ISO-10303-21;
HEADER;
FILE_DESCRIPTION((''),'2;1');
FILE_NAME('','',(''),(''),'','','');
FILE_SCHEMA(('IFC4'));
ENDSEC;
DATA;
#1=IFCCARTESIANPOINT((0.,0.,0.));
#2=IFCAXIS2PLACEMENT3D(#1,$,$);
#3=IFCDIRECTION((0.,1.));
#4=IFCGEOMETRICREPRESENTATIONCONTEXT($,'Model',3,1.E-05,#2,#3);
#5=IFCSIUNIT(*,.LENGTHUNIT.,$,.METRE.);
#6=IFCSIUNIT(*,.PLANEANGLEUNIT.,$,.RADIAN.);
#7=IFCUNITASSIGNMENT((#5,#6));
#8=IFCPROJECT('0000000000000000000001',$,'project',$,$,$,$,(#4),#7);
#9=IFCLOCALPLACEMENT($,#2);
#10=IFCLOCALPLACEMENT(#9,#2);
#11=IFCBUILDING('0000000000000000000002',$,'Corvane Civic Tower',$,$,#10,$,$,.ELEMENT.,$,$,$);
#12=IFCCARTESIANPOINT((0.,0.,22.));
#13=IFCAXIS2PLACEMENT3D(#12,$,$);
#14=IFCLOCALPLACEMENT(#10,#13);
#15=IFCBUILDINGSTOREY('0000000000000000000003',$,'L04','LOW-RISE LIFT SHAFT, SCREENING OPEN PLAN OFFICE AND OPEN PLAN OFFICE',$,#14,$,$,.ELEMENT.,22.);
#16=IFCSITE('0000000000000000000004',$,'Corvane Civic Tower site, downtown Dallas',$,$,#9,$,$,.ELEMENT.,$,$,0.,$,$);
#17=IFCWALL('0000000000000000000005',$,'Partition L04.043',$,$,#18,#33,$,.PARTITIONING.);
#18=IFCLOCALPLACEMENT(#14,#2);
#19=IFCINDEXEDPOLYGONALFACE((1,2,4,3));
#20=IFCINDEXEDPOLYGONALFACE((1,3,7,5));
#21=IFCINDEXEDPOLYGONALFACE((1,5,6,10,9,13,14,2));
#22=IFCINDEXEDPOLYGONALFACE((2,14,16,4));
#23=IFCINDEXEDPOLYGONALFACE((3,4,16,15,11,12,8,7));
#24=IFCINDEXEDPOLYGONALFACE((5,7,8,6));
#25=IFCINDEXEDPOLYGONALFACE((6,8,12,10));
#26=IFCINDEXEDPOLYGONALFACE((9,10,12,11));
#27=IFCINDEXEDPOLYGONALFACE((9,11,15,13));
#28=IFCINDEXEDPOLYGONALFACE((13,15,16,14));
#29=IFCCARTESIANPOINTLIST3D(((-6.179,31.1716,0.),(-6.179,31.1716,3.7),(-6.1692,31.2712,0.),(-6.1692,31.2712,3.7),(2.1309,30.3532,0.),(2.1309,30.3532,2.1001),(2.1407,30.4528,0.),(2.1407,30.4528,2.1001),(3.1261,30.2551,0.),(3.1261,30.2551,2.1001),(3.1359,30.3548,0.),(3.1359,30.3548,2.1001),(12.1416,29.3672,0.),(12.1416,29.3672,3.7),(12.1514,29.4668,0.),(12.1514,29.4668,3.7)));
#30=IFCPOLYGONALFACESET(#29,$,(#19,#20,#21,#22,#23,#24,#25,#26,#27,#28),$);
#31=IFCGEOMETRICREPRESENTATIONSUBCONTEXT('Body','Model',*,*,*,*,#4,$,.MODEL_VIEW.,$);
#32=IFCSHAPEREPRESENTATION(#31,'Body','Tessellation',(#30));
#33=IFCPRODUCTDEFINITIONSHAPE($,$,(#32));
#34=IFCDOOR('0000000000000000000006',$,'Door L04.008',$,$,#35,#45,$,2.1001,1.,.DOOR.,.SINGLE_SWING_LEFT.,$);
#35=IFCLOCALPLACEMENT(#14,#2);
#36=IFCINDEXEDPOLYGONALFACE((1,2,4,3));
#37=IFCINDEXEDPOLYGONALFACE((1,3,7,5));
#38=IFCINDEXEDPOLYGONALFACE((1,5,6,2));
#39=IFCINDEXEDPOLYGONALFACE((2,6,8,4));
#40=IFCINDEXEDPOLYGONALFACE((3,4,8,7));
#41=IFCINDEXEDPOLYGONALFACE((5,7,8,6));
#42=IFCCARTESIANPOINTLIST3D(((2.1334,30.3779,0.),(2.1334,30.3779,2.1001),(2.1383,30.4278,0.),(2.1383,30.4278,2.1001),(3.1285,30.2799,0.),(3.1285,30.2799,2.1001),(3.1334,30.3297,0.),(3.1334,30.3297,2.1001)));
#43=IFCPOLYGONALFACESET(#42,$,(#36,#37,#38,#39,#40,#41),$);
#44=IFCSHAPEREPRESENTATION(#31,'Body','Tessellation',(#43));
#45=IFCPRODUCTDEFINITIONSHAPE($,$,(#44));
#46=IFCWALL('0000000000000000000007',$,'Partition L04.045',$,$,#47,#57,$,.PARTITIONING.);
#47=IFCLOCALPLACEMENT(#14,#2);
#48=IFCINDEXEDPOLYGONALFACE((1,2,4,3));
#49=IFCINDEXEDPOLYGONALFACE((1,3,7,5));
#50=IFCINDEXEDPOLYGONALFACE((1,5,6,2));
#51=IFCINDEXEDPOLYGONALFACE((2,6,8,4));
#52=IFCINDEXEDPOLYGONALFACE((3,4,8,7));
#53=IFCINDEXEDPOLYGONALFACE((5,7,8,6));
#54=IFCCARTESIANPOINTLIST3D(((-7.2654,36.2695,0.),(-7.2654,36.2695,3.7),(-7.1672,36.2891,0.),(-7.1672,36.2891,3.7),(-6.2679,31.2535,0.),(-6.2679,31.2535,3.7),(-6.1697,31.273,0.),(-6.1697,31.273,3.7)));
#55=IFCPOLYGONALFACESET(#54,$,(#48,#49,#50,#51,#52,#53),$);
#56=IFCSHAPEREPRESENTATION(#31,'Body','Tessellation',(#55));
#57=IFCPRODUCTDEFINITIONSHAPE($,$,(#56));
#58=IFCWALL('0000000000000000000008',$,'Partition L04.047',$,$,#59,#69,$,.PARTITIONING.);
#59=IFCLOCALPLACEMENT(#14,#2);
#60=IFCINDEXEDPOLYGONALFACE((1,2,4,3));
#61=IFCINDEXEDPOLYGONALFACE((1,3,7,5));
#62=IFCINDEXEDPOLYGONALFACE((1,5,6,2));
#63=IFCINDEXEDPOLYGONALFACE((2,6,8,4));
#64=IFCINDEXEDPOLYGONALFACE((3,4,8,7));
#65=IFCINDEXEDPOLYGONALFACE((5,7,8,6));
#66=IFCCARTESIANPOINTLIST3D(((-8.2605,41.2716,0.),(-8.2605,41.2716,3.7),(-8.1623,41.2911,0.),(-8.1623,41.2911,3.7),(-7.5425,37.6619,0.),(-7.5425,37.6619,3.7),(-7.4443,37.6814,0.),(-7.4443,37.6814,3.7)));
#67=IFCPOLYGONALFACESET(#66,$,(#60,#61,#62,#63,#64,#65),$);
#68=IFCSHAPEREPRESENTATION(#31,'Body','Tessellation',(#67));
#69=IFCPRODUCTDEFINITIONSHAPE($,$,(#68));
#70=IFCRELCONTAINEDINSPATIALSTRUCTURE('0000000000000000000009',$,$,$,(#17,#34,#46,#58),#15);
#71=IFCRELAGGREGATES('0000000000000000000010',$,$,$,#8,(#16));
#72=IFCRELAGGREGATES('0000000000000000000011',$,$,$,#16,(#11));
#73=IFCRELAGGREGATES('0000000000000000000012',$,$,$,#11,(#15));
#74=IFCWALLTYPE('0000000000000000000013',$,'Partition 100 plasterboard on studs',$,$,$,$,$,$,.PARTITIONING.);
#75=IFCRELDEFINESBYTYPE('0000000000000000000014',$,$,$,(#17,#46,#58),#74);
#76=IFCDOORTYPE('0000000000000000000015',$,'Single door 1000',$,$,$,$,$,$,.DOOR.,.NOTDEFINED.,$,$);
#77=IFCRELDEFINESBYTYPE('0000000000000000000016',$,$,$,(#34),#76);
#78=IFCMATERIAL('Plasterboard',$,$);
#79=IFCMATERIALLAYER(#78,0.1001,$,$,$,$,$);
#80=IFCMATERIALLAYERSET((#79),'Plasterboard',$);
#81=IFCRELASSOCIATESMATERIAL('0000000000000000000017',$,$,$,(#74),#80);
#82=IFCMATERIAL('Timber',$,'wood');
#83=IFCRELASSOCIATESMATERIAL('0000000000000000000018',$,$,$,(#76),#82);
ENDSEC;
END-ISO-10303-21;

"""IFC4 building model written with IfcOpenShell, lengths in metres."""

from ifc_helpers import new_model, si_unit, direction, frame, frame_2d, origin, place, context, subcontext, project, spatial, rectangle, extrude, material, layer, layer_set, type_object, element, fill, save


model = new_model("IFC4")

# Units and contexts
model_context = context("Model", 3, precision=1e-05, world=origin(), true_north=direction((0.0, 1.0)))
body_context = subcontext(model_context, "Body", "Model", "MODEL_VIEW")
ifc_project = project(units=[si_unit("LENGTHUNIT", "METRE"), si_unit("PLANEANGLEUNIT", "RADIAN")], contexts=[model_context])

# Site, building, storey
site_placement = place(None, origin())
site = spatial("IfcSite", under=ifc_project, at=site_placement, Name="Corvane Civic Tower site, downtown Dallas", CompositionType="ELEMENT", RefElevation=0.0)
building_placement = place(site_placement, origin())
building = spatial("IfcBuilding", under=site, at=building_placement, Name="Corvane Civic Tower", CompositionType="ELEMENT")
storey_placement = place(building_placement, frame((0.0, 0.0, 22.0)))
storey = spatial("IfcBuildingStorey", under=building, at=storey_placement, Name="L04", Description="LOW-RISE LIFT SHAFT, SCREENING OPEN PLAN OFFICE AND OPEN PLAN OFFICE", CompositionType="ELEMENT", Elevation=22.0)

# Wall, opening, door
ifc_material_1 = material(Name="Plasterboard")
ifc_layer_1 = layer(ifc_material_1, 0.1001)
ifc_layer_set_1 = layer_set([ifc_layer_1], Name="Plasterboard")
wall_type = type_object("IfcWallType", Name="Partition 100 plasterboard on studs", PredefinedType="PARTITIONING", material=ifc_layer_set_1)
wall_1_placement = place(storey_placement, frame((-6.1741, 31.2214, 0.0), z_axis=(0.0, 0.0, 1.0), x_axis=(0.995185, -0.098019, 0.0)))
wall_1 = element("IfcWall", 1, at=wall_1_placement, inside=storey, type_object=wall_type, Name="Partition L04.043", PredefinedType="PARTITIONING", context=body_context, shape_type="SweptSolid", body=[
    extrude(rectangle(XDim=18.4092, YDim=0.1001, at=frame_2d((9.2046, 0.0))), origin(), (0.0, 0.0, 1.0), 3.7),
])
opening_placement = place(wall_1_placement, frame((8.3501, 0.0, 0.0)))
opening = element("IfcOpeningElement", 2, at=opening_placement, cuts=wall_1, PredefinedType="OPENING", context=body_context, shape_type="SweptSolid", body=[
    extrude(rectangle(XDim=1.0, YDim=2.1001, at=frame_2d((0.5, 1.05))), frame((0.0, 0.0601, 0.0), z_axis=(0.0, -1.0, 0.0), x_axis=(1.0, 0.0, 0.0)), (0.0, 0.0, 1.0), 0.1201),
])
ifc_material_2 = material(Name="Timber", Category="wood")
door_type = type_object("IfcDoorType", Name="Single door 1000", OperationType="NOTDEFINED", PredefinedType="DOOR", material=ifc_material_2)
door_placement = place(opening_placement, origin())
door = element("IfcDoor", 3, at=door_placement, inside=storey, type_object=door_type, Name="Door L04.008", OperationType="SINGLE_SWING_LEFT", OverallHeight=2.1001, OverallWidth=1.0, PredefinedType="DOOR", context=body_context, shape_type="SweptSolid", body=[
    extrude(rectangle(XDim=1.0, YDim=2.1001, at=frame_2d((0.5, 1.05))), frame((0.0, 0.0249, 0.0), z_axis=(0.0, -1.0, 0.0), x_axis=(1.0, 0.0, 0.0)), (0.0, 0.0, 1.0), 0.05),
])
fill(opening, door)

# Walls
wall_2_placement = place(storey_placement, frame((-7.2163, 36.2793, 0.0), z_axis=(0.0, 0.0, 1.0), x_axis=(0.195051, -0.980793, 0.0)))
element("IfcWall", 4, at=wall_2_placement, inside=storey, type_object=wall_type, Name="Partition L04.045", PredefinedType="PARTITIONING", context=body_context, shape_type="SweptSolid", body=[
    extrude(rectangle(XDim=5.1143, YDim=0.1001, at=frame_2d((2.5571, 0.0))), origin(), (0.0, 0.0, 1.0), 3.7),
])
wall_3_placement = place(storey_placement, frame((-8.2114, 41.2815, 0.0), z_axis=(0.0, 0.0, 1.0), x_axis=(0.195095, -0.980784, 0.0)))
element("IfcWall", 5, at=wall_3_placement, inside=storey, type_object=wall_type, Name="Partition L04.047", PredefinedType="PARTITIONING", context=body_context, shape_type="SweptSolid", body=[
    extrude(rectangle(XDim=3.6804, YDim=0.1001, at=frame_2d((1.8403, 0.0))), origin(), (0.0, 0.0, 1.0), 3.7),
])

save(model, "model.ifc")
